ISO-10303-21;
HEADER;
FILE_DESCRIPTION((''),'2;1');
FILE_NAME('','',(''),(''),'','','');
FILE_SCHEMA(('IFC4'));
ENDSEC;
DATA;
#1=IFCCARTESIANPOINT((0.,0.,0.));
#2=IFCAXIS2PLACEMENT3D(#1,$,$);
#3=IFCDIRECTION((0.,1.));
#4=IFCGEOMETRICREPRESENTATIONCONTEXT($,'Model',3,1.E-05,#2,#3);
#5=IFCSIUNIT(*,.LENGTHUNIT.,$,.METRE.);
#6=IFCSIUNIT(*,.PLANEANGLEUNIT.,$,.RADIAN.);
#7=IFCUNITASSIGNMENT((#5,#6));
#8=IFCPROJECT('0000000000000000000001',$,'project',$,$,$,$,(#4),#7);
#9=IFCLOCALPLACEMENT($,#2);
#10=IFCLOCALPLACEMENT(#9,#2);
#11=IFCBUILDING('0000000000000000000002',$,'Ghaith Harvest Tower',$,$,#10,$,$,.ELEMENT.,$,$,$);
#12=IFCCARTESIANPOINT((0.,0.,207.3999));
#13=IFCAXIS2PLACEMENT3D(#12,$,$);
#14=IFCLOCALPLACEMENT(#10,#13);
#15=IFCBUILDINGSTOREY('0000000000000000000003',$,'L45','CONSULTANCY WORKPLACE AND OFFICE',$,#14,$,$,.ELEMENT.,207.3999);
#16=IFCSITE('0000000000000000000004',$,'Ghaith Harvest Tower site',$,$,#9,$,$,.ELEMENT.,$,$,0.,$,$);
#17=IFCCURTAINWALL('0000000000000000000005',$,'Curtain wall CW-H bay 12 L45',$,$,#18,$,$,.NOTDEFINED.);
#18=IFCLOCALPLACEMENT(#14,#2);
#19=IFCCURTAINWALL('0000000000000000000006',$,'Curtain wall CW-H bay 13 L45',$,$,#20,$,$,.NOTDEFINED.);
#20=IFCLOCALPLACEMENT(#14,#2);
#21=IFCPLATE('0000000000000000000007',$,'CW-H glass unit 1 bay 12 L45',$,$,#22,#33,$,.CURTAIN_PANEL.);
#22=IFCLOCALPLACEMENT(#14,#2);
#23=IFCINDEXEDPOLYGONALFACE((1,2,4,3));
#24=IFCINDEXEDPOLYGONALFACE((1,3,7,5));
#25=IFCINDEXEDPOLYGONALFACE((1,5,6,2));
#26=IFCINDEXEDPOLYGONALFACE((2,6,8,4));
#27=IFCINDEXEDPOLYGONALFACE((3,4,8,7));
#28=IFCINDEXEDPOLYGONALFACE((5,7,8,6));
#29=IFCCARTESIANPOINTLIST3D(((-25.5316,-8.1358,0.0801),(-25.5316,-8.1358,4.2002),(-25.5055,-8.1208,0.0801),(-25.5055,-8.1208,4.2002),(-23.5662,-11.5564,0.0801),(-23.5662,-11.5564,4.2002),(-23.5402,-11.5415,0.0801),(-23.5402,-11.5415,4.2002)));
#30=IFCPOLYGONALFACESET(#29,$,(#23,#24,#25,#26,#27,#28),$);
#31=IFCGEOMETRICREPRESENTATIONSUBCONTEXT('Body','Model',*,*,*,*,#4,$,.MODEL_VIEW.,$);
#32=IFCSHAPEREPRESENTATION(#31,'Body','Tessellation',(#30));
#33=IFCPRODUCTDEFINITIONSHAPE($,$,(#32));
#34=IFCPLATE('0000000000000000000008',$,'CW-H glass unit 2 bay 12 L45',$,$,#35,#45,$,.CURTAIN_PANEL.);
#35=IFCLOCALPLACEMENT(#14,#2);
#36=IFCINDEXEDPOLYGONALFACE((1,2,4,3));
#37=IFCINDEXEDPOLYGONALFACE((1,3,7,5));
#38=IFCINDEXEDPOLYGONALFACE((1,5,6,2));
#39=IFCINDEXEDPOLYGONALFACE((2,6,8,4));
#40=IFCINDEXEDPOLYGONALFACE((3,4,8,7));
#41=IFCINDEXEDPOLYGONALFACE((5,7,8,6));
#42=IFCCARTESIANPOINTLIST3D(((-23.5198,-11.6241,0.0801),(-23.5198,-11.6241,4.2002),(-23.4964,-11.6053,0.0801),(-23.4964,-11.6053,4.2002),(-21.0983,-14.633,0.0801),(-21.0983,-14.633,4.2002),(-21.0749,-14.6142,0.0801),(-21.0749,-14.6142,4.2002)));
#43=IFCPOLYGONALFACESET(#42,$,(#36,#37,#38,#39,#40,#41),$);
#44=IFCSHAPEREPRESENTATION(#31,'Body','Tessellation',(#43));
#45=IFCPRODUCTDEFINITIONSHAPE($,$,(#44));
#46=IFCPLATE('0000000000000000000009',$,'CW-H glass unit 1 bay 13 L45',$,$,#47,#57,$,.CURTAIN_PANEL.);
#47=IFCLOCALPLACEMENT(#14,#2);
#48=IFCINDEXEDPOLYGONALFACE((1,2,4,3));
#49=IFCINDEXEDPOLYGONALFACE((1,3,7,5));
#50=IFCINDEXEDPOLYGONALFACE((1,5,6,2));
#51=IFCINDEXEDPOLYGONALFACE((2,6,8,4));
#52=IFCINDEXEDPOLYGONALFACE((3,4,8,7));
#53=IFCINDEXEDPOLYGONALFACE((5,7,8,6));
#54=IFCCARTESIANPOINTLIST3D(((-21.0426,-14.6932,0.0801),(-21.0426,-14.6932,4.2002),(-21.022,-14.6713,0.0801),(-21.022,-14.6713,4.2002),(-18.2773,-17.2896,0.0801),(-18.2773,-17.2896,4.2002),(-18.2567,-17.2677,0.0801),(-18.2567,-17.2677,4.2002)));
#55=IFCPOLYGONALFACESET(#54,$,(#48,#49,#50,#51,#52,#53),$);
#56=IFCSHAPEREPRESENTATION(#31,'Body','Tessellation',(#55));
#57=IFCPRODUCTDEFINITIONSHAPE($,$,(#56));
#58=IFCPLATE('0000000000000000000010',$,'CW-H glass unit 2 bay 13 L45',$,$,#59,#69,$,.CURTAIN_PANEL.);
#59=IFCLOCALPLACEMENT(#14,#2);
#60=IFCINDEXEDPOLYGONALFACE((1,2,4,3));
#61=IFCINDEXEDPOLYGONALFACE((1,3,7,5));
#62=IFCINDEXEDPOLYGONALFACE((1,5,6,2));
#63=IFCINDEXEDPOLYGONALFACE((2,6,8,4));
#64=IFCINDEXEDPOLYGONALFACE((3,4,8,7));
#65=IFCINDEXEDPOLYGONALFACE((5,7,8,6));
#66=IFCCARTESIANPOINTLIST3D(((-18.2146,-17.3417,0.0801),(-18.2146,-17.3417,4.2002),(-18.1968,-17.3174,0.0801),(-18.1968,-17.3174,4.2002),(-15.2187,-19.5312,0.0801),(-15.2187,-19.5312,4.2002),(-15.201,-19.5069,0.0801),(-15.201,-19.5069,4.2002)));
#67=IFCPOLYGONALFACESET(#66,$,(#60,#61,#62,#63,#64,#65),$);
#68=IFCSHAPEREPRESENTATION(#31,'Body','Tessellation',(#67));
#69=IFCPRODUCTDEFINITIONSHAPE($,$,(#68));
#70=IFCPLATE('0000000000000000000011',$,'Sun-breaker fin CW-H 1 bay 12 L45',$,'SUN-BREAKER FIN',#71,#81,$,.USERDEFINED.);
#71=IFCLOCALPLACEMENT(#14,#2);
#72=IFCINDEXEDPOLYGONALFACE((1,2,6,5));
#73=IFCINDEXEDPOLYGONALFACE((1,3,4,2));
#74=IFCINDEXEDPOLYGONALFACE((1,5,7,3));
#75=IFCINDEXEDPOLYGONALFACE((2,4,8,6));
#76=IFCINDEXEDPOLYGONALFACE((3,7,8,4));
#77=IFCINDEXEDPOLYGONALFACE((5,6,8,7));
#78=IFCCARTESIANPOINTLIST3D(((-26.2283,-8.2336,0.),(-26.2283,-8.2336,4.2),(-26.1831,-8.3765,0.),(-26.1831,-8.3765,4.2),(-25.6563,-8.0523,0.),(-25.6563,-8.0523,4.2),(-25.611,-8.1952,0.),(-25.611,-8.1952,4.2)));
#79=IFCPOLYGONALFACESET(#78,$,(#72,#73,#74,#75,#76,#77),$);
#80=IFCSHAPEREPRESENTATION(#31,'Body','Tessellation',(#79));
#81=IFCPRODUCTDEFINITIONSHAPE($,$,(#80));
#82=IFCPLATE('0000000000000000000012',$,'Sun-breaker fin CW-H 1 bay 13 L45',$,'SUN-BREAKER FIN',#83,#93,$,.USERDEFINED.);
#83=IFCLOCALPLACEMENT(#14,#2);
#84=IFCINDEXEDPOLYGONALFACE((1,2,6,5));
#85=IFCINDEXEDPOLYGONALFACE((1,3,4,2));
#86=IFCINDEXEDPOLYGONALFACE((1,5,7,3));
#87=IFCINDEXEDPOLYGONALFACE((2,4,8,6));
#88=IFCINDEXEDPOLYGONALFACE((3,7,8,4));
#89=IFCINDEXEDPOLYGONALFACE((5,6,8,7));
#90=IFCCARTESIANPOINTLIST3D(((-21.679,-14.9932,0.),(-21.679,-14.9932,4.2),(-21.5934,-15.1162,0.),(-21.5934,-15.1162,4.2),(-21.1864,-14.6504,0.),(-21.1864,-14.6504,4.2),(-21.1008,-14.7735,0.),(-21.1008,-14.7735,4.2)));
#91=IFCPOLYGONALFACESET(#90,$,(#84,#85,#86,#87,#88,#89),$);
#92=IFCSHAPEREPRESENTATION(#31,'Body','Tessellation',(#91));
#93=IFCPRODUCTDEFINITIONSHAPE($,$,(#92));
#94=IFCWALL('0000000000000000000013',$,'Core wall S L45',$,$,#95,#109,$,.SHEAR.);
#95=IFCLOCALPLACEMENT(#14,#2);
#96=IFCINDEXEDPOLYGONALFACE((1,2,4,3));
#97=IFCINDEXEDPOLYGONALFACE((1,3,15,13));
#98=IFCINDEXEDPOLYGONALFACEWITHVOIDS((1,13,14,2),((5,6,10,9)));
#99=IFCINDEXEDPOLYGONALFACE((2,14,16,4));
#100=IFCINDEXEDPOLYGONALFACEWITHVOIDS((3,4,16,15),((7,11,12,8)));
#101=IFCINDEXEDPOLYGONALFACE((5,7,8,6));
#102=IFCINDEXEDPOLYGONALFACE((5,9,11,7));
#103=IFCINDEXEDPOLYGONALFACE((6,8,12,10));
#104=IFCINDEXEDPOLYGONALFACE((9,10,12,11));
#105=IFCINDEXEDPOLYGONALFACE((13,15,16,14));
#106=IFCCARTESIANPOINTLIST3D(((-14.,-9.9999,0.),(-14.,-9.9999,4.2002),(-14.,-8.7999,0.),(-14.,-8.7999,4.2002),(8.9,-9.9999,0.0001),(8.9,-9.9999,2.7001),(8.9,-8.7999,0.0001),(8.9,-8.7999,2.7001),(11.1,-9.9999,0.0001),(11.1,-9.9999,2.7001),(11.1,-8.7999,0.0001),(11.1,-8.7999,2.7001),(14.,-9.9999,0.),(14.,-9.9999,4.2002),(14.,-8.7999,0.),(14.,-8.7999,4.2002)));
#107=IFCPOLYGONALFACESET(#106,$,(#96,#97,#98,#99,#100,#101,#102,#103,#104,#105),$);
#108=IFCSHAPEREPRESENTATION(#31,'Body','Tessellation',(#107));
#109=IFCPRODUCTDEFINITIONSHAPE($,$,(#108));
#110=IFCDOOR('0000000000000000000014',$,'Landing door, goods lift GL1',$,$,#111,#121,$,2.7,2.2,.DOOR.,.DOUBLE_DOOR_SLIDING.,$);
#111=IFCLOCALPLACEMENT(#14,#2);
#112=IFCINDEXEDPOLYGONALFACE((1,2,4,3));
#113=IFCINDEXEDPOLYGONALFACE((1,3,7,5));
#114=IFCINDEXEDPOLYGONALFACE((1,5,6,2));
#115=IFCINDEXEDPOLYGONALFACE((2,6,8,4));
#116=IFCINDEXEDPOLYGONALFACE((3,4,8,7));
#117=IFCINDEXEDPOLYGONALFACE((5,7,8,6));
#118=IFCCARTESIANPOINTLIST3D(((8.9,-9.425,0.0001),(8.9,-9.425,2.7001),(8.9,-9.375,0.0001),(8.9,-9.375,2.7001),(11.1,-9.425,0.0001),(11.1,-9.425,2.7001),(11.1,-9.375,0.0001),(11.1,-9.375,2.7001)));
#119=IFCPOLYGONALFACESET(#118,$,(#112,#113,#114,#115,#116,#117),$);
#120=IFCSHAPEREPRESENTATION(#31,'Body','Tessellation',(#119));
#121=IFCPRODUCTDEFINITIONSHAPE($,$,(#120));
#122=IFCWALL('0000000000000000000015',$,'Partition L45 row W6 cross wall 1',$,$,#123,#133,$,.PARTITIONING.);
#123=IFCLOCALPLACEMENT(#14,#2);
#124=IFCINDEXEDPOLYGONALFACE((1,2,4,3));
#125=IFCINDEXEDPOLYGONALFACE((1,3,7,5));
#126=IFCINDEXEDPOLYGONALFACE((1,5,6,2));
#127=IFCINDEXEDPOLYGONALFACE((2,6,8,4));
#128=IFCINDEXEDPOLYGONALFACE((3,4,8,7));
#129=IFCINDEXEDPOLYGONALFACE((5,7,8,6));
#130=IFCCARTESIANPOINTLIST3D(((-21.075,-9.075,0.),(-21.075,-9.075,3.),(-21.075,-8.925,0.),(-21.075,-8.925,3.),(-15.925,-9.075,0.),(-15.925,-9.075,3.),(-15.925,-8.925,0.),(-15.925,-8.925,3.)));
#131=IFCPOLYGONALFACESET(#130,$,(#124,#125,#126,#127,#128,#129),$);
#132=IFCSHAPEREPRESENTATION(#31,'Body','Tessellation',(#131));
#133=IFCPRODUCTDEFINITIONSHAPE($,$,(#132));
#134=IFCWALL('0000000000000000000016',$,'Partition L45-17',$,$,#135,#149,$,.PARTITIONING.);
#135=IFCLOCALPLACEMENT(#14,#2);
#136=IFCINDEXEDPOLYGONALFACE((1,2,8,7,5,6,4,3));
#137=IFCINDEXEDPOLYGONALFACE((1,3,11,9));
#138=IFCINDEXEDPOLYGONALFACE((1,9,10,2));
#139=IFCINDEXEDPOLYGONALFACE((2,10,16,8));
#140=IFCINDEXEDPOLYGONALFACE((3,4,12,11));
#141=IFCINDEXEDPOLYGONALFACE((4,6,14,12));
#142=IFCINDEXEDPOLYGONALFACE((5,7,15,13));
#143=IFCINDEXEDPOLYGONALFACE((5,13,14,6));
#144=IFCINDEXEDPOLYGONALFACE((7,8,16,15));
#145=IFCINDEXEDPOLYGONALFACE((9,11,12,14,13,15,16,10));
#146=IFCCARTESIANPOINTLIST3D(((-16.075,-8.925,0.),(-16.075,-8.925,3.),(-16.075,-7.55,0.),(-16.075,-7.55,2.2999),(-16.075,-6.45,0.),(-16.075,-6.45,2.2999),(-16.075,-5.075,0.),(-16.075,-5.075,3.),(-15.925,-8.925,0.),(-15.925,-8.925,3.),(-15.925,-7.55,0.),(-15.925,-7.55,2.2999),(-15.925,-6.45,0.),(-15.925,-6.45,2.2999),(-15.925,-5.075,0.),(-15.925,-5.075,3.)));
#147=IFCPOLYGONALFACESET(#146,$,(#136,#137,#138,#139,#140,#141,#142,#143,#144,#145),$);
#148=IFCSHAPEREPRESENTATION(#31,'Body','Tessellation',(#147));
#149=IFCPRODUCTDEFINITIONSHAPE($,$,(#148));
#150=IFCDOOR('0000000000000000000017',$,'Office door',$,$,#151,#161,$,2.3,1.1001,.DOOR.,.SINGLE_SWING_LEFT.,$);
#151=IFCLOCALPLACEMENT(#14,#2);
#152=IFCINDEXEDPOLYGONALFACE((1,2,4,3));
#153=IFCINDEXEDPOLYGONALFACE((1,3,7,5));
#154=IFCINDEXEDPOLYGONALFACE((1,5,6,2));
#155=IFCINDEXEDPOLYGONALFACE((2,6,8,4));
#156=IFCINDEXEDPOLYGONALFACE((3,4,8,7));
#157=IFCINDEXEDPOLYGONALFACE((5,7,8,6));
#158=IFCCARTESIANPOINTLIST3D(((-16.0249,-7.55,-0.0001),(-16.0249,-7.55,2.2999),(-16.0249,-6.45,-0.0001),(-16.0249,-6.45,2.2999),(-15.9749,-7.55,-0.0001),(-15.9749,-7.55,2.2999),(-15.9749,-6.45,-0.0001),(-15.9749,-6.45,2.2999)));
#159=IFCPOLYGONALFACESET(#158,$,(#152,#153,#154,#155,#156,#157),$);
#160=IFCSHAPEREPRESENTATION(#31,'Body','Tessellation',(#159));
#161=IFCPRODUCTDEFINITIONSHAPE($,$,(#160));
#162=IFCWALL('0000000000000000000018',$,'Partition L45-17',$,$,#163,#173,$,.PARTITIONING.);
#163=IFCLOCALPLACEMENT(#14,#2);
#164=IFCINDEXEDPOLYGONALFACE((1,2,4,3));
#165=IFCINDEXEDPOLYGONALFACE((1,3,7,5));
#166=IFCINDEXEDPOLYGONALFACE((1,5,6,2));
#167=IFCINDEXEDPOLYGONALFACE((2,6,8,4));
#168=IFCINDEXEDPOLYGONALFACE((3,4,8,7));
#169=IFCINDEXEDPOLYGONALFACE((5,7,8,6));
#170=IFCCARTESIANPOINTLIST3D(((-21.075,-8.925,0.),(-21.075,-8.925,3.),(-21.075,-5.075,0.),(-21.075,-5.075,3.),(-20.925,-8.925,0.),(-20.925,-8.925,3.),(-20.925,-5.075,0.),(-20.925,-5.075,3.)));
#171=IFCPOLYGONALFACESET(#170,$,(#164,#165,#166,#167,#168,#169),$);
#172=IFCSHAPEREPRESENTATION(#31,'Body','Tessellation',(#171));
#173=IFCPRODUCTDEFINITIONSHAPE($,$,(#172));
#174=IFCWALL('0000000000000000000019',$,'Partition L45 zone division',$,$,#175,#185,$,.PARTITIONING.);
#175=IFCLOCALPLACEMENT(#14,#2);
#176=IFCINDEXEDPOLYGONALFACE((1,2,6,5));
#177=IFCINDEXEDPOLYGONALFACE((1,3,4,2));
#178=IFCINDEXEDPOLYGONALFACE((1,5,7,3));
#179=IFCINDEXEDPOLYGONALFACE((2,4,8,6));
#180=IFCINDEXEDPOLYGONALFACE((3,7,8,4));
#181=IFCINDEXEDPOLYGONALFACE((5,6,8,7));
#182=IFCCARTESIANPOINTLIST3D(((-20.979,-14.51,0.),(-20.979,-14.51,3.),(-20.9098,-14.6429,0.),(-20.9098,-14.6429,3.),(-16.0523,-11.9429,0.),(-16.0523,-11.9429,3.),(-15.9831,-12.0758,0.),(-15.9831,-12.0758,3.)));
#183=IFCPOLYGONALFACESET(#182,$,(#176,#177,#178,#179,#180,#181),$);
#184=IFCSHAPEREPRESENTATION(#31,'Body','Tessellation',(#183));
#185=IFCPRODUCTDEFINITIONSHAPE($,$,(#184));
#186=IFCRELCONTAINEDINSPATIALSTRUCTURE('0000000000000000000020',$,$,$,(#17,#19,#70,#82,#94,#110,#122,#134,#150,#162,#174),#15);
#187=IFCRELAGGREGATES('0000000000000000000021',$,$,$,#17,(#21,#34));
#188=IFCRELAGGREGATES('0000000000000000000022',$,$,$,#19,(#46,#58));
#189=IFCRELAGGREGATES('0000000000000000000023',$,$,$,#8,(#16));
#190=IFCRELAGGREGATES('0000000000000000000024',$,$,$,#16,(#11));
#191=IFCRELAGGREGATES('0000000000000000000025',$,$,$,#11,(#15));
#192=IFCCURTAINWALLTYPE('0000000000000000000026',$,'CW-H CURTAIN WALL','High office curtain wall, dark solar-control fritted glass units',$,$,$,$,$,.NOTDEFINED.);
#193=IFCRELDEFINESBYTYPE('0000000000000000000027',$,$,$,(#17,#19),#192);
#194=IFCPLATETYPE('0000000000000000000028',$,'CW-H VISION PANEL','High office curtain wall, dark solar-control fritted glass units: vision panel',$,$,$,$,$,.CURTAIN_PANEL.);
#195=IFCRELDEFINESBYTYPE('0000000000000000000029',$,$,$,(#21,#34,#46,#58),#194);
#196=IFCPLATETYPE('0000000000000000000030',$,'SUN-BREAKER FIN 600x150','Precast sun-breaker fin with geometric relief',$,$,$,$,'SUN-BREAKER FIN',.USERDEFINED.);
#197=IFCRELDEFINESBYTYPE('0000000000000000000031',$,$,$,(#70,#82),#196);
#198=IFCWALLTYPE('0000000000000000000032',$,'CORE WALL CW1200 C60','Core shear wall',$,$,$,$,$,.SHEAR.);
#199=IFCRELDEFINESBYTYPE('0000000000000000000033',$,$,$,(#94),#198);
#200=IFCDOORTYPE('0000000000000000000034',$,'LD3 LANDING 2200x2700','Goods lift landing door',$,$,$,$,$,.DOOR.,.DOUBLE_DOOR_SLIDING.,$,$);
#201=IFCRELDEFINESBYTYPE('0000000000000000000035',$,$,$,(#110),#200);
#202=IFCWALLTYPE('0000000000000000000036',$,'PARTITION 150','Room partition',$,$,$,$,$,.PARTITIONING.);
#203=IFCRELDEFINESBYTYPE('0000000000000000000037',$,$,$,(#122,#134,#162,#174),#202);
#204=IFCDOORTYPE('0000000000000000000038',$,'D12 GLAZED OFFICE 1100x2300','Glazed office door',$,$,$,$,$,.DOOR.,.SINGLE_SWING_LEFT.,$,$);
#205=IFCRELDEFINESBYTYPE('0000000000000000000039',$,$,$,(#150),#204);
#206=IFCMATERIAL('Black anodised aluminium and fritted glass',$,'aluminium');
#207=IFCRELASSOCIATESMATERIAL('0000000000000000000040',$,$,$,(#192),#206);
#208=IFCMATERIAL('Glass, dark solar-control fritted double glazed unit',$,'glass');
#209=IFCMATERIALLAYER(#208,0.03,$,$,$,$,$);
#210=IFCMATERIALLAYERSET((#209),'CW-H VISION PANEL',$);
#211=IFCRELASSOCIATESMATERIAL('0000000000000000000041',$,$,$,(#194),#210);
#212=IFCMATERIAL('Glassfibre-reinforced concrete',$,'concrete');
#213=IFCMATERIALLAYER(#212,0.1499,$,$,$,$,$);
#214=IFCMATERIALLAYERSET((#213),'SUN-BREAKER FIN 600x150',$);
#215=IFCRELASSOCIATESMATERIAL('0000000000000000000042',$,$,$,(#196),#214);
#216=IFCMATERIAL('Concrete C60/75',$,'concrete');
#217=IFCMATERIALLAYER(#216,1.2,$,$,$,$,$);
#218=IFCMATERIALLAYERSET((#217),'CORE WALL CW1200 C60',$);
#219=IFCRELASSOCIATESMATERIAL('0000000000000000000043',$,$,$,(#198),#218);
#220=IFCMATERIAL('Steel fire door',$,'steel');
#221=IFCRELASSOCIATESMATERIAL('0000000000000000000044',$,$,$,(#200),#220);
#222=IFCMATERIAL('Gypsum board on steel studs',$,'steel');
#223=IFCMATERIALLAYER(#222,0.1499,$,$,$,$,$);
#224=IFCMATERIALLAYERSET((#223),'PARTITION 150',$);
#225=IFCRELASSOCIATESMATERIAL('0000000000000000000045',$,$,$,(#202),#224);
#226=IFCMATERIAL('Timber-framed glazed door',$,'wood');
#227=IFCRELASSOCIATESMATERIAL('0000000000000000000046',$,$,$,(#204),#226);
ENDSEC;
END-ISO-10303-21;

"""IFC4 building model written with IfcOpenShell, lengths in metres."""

from ifc_helpers import new_model, si_unit, direction, frame, frame_2d, origin, origin_2d, place, context, subcontext, project, spatial, rectangle, extrude, material, layer, layer_set, type_object, element, fill, aggregate, save


model = new_model("IFC4")

# Units and contexts
model_context = context("Model", 3, precision=1e-05, world=origin(), true_north=direction((0.0, 1.0)))
body_context = subcontext(model_context, "Body", "Model", "MODEL_VIEW")
ifc_project = project(units=[si_unit("LENGTHUNIT", "METRE"), si_unit("PLANEANGLEUNIT", "RADIAN")], contexts=[model_context])

# Site, building, storey
site_placement = place(None, origin())
site = spatial("IfcSite", under=ifc_project, at=site_placement, Name="Ghaith Harvest Tower site", CompositionType="ELEMENT", RefElevation=0.0)
building_placement = place(site_placement, origin())
building = spatial("IfcBuilding", under=site, at=building_placement, Name="Ghaith Harvest Tower", CompositionType="ELEMENT")
storey_placement = place(building_placement, frame((0.0, 0.0, 207.3999)))
storey = spatial("IfcBuildingStorey", under=building, at=storey_placement, Name="L45", Description="CONSULTANCY WORKPLACE AND OFFICE", CompositionType="ELEMENT", Elevation=207.3999)

# Curtain wall
ifc_material_1 = material(Name="Black anodised aluminium and fritted glass", Category="aluminium")
curtain_wall_type = type_object("IfcCurtainWallType", Name="CW-H CURTAIN WALL", Description="High office curtain wall, dark solar-control fritted glass units", PredefinedType="NOTDEFINED", material=ifc_material_1)
curtain_wall_1_placement = place(storey_placement, origin())
curtain_wall_1 = element("IfcCurtainWall", 1, at=curtain_wall_1_placement, inside=storey, type_object=curtain_wall_type, Name="Curtain wall CW-H bay 12 L45", PredefinedType="NOTDEFINED")

# Curtain wall
curtain_wall_2_placement = place(storey_placement, origin())
curtain_wall_2 = element("IfcCurtainWall", 2, at=curtain_wall_2_placement, inside=storey, type_object=curtain_wall_type, Name="Curtain wall CW-H bay 13 L45", PredefinedType="NOTDEFINED")

# Plates
ifc_material_2 = material(Name="Glass, dark solar-control fritted double glazed unit", Category="glass")
ifc_layer_1 = layer(ifc_material_2, 0.03)
ifc_layer_set_1 = layer_set([ifc_layer_1], Name="CW-H VISION PANEL")
plate_type_1 = type_object("IfcPlateType", Name="CW-H VISION PANEL", Description="High office curtain wall, dark solar-control fritted glass units: vision panel", PredefinedType="CURTAIN_PANEL", material=ifc_layer_set_1)
plate_1_placement = place(storey_placement, frame((-24.5359, -9.8386, 0.0801), z_axis=(0.0, 0.0, 1.0), x_axis=(0.49818, -0.867074, 0.0)))
plate_1 = element("IfcPlate", 3, at=plate_1_placement, type_object=plate_type_1, Name="CW-H glass unit 1 bay 12 L45", PredefinedType="CURTAIN_PANEL", context=body_context, shape_type="SweptSolid", body=[
    extrude(rectangle(XDim=3.9451, YDim=0.03, at=origin_2d()), origin(), (0.0, 0.0, 1.0), 4.1201),
])
plate_2_placement = place(storey_placement, frame((-22.2974, -13.1191, 0.0801), z_axis=(0.0, 0.0, 1.0), x_axis=(0.626957, -0.779054, 0.0)))
plate_2 = element("IfcPlate", 4, at=plate_2_placement, type_object=plate_type_1, Name="CW-H glass unit 2 bay 12 L45", PredefinedType="CURTAIN_PANEL", context=body_context, shape_type="SweptSolid", body=[
    extrude(rectangle(XDim=3.8623, YDim=0.03, at=origin_2d()), origin(), (0.0, 0.0, 1.0), 4.1201),
])
aggregate(curtain_wall_1, [plate_1, plate_2])
plate_3_placement = place(storey_placement, frame((-19.6497, -15.9805, 0.0801), z_axis=(0.0, 0.0, 1.0), x_axis=(0.729017, -0.684496, 0.0)))
plate_3 = element("IfcPlate", 5, at=plate_3_placement, type_object=plate_type_1, Name="CW-H glass unit 1 bay 13 L45", PredefinedType="CURTAIN_PANEL", context=body_context, shape_type="SweptSolid", body=[
    extrude(rectangle(XDim=3.7932, YDim=0.03, at=origin_2d()), origin(), (0.0, 0.0, 1.0), 4.1201),
])
plate_4_placement = place(storey_placement, frame((-16.7078, -18.4243, 0.0801), z_axis=(0.0, 0.0, 1.0), x_axis=(0.807364, -0.590054, 0.0)))
plate_4 = element("IfcPlate", 6, at=plate_4_placement, type_object=plate_type_1, Name="CW-H glass unit 2 bay 13 L45", PredefinedType="CURTAIN_PANEL", context=body_context, shape_type="SweptSolid", body=[
    extrude(rectangle(XDim=3.7107, YDim=0.03, at=origin_2d()), origin(), (0.0, 0.0, 1.0), 4.1201),
])
aggregate(curtain_wall_2, [plate_3, plate_4])

# Plates
ifc_material_3 = material(Name="Glassfibre-reinforced concrete", Category="concrete")
ifc_layer_2 = layer(ifc_material_3, 0.1499)
ifc_layer_set_2 = layer_set([ifc_layer_2], Name="SUN-BREAKER FIN 600x150")
plate_type_2 = type_object("IfcPlateType", Name="SUN-BREAKER FIN 600x150", Description="Precast sun-breaker fin with geometric relief", ElementType="SUN-BREAKER FIN", PredefinedType="USERDEFINED", material=ifc_layer_set_2)
for number, where, z_axis, x_axis, name in (
    (7, (-25.9197, -8.2144, 0.0), (0.0, 0.0, 1.0), (-0.953273, -0.30211, 0.0), "Sun-breaker fin CW-H 1 bay 12 L45"),
    (8, (-21.3899, -14.8833, 0.0), (0.0, 0.0, 1.0), (-0.820845, -0.57115, 0.0), "Sun-breaker fin CW-H 1 bay 13 L45"),
):
    element("IfcPlate", number, at=place(storey_placement, frame(where, z_axis=z_axis, x_axis=x_axis)), inside=storey, type_object=plate_type_2, Name=name, ObjectType="SUN-BREAKER FIN", PredefinedType="USERDEFINED", context=body_context, shape_type="SweptSolid", body=[
        extrude(rectangle(XDim=0.6001, YDim=0.1499, at=origin_2d()), origin(), (0.0, 0.0, 1.0), 4.2),
    ])

# Wall, opening, door
ifc_material_4 = material(Name="Concrete C60/75", Category="concrete")
ifc_layer_3 = layer(ifc_material_4, 1.2)
ifc_layer_set_3 = layer_set([ifc_layer_3], Name="CORE WALL CW1200 C60")
wall_type_1 = type_object("IfcWallType", Name="CORE WALL CW1200 C60", Description="Core shear wall", PredefinedType="SHEAR", material=ifc_layer_set_3)
wall_1_placement = place(storey_placement, frame((-14.0, -9.3999, 0.0), z_axis=(0.0, 0.0, 1.0), x_axis=(1.0, 0.0, 0.0)))
wall_1 = element("IfcWall", 9, at=wall_1_placement, inside=storey, type_object=wall_type_1, Name="Core wall S L45", PredefinedType="SHEAR", context=body_context, shape_type="SweptSolid", body=[
    extrude(rectangle(XDim=28.0, YDim=1.2, at=frame_2d((14.0, 0.0))), origin(), (0.0, 0.0, 1.0), 4.2002),
])
opening_1_placement = place(wall_1_placement, frame((22.8999, 0.0, 0.0)))
opening_1 = element("IfcOpeningElement", 10, at=opening_1_placement, cuts=wall_1, PredefinedType="OPENING", context=body_context, shape_type="SweptSolid", body=[
    extrude(rectangle(XDim=2.2, YDim=2.7, at=frame_2d((1.1001, 1.3501))), frame((0.0, 0.6099, 0.0), z_axis=(0.0, -1.0, 0.0), x_axis=(1.0, 0.0, 0.0)), (0.0, 0.0, 1.0), 1.22),
])
ifc_material_5 = material(Name="Steel fire door", Category="steel")
door_type_1 = type_object("IfcDoorType", Name="LD3 LANDING 2200x2700", Description="Goods lift landing door", OperationType="DOUBLE_DOOR_SLIDING", PredefinedType="DOOR", material=ifc_material_5)
door_1_placement = place(opening_1_placement, origin())
door_1 = element("IfcDoor", 11, at=door_1_placement, inside=storey, type_object=door_type_1, Name="Landing door, goods lift GL1", OperationType="DOUBLE_DOOR_SLIDING", OverallHeight=2.7, OverallWidth=2.2, PredefinedType="DOOR", context=body_context, shape_type="SweptSolid", body=[
    extrude(rectangle(XDim=2.2, YDim=2.7, at=frame_2d((1.1001, 1.3501))), frame((0.0, 0.0249, 0.0), z_axis=(0.0, -1.0, 0.0), x_axis=(1.0, 0.0, 0.0)), (0.0, 0.0, 1.0), 0.05),
])
fill(opening_1, door_1)

# Wall
ifc_material_6 = material(Name="Gypsum board on steel studs", Category="steel")
ifc_layer_4 = layer(ifc_material_6, 0.1499)
ifc_layer_set_4 = layer_set([ifc_layer_4], Name="PARTITION 150")
wall_type_2 = type_object("IfcWallType", Name="PARTITION 150", Description="Room partition", PredefinedType="PARTITIONING", material=ifc_layer_set_4)
wall_2_placement = place(storey_placement, frame((-15.925, -9.0, 0.0), z_axis=(0.0, 0.0, 1.0), x_axis=(-1.0, 0.0, 0.0)))
element("IfcWall", 12, at=wall_2_placement, inside=storey, type_object=wall_type_2, Name="Partition L45 row W6 cross wall 1", PredefinedType="PARTITIONING", context=body_context, shape_type="SweptSolid", body=[
    extrude(rectangle(XDim=5.1499, YDim=0.1499, at=frame_2d((2.575, 0.0))), origin(), (0.0, 0.0, 1.0), 3.0),
])

# Wall, opening, door
wall_3_placement = place(storey_placement, frame((-16.0, -8.925, 0.0), z_axis=(0.0, 0.0, 1.0), x_axis=(0.0, 1.0, 0.0)))
wall_3 = element("IfcWall", 13, at=wall_3_placement, inside=storey, type_object=wall_type_2, Name="Partition L45-17", PredefinedType="PARTITIONING", context=body_context, shape_type="SweptSolid", body=[
    extrude(rectangle(XDim=3.8501, YDim=0.1499, at=frame_2d((1.925, 0.0))), origin(), (0.0, 0.0, 1.0), 3.0),
])
opening_2_placement = place(wall_3_placement, frame((1.375, 0.0, 0.0)))
opening_2 = element("IfcOpeningElement", 14, at=opening_2_placement, cuts=wall_3, PredefinedType="OPENING", context=body_context, shape_type="SweptSolid", body=[
    extrude(rectangle(XDim=1.1001, YDim=2.3, at=frame_2d((0.55, 1.1499))), frame((0.0, 0.085, 0.0), z_axis=(0.0, -1.0, 0.0), x_axis=(1.0, 0.0, 0.0)), (0.0, 0.0, 1.0), 0.1699),
])
ifc_material_7 = material(Name="Timber-framed glazed door", Category="wood")
door_type_2 = type_object("IfcDoorType", Name="D12 GLAZED OFFICE 1100x2300", Description="Glazed office door", OperationType="SINGLE_SWING_LEFT", PredefinedType="DOOR", material=ifc_material_7)
door_2_placement = place(opening_2_placement, origin())
door_2 = element("IfcDoor", 15, at=door_2_placement, inside=storey, type_object=door_type_2, Name="Office door", OperationType="SINGLE_SWING_LEFT", OverallHeight=2.3, OverallWidth=1.1001, PredefinedType="DOOR", context=body_context, shape_type="SweptSolid", body=[
    extrude(rectangle(XDim=1.1001, YDim=2.3, at=frame_2d((0.55, 1.1499))), frame((0.0, 0.0249, 0.0), z_axis=(0.0, -1.0, 0.0), x_axis=(1.0, 0.0, 0.0)), (0.0, 0.0, 1.0), 0.05),
])
fill(opening_2, door_2)

# Walls
wall_4_placement = place(storey_placement, frame((-21.0, -8.925, 0.0), z_axis=(0.0, 0.0, 1.0), x_axis=(0.0, 1.0, 0.0)))
element("IfcWall", 16, at=wall_4_placement, inside=storey, type_object=wall_type_2, Name="Partition L45-17", PredefinedType="PARTITIONING", context=body_context, shape_type="SweptSolid", body=[
    extrude(rectangle(XDim=3.8501, YDim=0.1499, at=frame_2d((1.925, 0.0))), origin(), (0.0, 0.0, 1.0), 3.0),
])
wall_5_placement = place(storey_placement, frame((-16.0176, -12.0093, 0.0), z_axis=(0.0, 0.0, 1.0), x_axis=(-0.886832, -0.462093, 0.0)))
element("IfcWall", 17, at=wall_5_placement, inside=storey, type_object=wall_type_2, Name="Partition L45 zone division", PredefinedType="PARTITIONING", context=body_context, shape_type="SweptSolid", body=[
    extrude(rectangle(XDim=5.5554, YDim=0.1499, at=frame_2d((2.7778, 0.0))), origin(), (0.0, 0.0, 1.0), 3.0),
])

save(model, "model.ifc")
